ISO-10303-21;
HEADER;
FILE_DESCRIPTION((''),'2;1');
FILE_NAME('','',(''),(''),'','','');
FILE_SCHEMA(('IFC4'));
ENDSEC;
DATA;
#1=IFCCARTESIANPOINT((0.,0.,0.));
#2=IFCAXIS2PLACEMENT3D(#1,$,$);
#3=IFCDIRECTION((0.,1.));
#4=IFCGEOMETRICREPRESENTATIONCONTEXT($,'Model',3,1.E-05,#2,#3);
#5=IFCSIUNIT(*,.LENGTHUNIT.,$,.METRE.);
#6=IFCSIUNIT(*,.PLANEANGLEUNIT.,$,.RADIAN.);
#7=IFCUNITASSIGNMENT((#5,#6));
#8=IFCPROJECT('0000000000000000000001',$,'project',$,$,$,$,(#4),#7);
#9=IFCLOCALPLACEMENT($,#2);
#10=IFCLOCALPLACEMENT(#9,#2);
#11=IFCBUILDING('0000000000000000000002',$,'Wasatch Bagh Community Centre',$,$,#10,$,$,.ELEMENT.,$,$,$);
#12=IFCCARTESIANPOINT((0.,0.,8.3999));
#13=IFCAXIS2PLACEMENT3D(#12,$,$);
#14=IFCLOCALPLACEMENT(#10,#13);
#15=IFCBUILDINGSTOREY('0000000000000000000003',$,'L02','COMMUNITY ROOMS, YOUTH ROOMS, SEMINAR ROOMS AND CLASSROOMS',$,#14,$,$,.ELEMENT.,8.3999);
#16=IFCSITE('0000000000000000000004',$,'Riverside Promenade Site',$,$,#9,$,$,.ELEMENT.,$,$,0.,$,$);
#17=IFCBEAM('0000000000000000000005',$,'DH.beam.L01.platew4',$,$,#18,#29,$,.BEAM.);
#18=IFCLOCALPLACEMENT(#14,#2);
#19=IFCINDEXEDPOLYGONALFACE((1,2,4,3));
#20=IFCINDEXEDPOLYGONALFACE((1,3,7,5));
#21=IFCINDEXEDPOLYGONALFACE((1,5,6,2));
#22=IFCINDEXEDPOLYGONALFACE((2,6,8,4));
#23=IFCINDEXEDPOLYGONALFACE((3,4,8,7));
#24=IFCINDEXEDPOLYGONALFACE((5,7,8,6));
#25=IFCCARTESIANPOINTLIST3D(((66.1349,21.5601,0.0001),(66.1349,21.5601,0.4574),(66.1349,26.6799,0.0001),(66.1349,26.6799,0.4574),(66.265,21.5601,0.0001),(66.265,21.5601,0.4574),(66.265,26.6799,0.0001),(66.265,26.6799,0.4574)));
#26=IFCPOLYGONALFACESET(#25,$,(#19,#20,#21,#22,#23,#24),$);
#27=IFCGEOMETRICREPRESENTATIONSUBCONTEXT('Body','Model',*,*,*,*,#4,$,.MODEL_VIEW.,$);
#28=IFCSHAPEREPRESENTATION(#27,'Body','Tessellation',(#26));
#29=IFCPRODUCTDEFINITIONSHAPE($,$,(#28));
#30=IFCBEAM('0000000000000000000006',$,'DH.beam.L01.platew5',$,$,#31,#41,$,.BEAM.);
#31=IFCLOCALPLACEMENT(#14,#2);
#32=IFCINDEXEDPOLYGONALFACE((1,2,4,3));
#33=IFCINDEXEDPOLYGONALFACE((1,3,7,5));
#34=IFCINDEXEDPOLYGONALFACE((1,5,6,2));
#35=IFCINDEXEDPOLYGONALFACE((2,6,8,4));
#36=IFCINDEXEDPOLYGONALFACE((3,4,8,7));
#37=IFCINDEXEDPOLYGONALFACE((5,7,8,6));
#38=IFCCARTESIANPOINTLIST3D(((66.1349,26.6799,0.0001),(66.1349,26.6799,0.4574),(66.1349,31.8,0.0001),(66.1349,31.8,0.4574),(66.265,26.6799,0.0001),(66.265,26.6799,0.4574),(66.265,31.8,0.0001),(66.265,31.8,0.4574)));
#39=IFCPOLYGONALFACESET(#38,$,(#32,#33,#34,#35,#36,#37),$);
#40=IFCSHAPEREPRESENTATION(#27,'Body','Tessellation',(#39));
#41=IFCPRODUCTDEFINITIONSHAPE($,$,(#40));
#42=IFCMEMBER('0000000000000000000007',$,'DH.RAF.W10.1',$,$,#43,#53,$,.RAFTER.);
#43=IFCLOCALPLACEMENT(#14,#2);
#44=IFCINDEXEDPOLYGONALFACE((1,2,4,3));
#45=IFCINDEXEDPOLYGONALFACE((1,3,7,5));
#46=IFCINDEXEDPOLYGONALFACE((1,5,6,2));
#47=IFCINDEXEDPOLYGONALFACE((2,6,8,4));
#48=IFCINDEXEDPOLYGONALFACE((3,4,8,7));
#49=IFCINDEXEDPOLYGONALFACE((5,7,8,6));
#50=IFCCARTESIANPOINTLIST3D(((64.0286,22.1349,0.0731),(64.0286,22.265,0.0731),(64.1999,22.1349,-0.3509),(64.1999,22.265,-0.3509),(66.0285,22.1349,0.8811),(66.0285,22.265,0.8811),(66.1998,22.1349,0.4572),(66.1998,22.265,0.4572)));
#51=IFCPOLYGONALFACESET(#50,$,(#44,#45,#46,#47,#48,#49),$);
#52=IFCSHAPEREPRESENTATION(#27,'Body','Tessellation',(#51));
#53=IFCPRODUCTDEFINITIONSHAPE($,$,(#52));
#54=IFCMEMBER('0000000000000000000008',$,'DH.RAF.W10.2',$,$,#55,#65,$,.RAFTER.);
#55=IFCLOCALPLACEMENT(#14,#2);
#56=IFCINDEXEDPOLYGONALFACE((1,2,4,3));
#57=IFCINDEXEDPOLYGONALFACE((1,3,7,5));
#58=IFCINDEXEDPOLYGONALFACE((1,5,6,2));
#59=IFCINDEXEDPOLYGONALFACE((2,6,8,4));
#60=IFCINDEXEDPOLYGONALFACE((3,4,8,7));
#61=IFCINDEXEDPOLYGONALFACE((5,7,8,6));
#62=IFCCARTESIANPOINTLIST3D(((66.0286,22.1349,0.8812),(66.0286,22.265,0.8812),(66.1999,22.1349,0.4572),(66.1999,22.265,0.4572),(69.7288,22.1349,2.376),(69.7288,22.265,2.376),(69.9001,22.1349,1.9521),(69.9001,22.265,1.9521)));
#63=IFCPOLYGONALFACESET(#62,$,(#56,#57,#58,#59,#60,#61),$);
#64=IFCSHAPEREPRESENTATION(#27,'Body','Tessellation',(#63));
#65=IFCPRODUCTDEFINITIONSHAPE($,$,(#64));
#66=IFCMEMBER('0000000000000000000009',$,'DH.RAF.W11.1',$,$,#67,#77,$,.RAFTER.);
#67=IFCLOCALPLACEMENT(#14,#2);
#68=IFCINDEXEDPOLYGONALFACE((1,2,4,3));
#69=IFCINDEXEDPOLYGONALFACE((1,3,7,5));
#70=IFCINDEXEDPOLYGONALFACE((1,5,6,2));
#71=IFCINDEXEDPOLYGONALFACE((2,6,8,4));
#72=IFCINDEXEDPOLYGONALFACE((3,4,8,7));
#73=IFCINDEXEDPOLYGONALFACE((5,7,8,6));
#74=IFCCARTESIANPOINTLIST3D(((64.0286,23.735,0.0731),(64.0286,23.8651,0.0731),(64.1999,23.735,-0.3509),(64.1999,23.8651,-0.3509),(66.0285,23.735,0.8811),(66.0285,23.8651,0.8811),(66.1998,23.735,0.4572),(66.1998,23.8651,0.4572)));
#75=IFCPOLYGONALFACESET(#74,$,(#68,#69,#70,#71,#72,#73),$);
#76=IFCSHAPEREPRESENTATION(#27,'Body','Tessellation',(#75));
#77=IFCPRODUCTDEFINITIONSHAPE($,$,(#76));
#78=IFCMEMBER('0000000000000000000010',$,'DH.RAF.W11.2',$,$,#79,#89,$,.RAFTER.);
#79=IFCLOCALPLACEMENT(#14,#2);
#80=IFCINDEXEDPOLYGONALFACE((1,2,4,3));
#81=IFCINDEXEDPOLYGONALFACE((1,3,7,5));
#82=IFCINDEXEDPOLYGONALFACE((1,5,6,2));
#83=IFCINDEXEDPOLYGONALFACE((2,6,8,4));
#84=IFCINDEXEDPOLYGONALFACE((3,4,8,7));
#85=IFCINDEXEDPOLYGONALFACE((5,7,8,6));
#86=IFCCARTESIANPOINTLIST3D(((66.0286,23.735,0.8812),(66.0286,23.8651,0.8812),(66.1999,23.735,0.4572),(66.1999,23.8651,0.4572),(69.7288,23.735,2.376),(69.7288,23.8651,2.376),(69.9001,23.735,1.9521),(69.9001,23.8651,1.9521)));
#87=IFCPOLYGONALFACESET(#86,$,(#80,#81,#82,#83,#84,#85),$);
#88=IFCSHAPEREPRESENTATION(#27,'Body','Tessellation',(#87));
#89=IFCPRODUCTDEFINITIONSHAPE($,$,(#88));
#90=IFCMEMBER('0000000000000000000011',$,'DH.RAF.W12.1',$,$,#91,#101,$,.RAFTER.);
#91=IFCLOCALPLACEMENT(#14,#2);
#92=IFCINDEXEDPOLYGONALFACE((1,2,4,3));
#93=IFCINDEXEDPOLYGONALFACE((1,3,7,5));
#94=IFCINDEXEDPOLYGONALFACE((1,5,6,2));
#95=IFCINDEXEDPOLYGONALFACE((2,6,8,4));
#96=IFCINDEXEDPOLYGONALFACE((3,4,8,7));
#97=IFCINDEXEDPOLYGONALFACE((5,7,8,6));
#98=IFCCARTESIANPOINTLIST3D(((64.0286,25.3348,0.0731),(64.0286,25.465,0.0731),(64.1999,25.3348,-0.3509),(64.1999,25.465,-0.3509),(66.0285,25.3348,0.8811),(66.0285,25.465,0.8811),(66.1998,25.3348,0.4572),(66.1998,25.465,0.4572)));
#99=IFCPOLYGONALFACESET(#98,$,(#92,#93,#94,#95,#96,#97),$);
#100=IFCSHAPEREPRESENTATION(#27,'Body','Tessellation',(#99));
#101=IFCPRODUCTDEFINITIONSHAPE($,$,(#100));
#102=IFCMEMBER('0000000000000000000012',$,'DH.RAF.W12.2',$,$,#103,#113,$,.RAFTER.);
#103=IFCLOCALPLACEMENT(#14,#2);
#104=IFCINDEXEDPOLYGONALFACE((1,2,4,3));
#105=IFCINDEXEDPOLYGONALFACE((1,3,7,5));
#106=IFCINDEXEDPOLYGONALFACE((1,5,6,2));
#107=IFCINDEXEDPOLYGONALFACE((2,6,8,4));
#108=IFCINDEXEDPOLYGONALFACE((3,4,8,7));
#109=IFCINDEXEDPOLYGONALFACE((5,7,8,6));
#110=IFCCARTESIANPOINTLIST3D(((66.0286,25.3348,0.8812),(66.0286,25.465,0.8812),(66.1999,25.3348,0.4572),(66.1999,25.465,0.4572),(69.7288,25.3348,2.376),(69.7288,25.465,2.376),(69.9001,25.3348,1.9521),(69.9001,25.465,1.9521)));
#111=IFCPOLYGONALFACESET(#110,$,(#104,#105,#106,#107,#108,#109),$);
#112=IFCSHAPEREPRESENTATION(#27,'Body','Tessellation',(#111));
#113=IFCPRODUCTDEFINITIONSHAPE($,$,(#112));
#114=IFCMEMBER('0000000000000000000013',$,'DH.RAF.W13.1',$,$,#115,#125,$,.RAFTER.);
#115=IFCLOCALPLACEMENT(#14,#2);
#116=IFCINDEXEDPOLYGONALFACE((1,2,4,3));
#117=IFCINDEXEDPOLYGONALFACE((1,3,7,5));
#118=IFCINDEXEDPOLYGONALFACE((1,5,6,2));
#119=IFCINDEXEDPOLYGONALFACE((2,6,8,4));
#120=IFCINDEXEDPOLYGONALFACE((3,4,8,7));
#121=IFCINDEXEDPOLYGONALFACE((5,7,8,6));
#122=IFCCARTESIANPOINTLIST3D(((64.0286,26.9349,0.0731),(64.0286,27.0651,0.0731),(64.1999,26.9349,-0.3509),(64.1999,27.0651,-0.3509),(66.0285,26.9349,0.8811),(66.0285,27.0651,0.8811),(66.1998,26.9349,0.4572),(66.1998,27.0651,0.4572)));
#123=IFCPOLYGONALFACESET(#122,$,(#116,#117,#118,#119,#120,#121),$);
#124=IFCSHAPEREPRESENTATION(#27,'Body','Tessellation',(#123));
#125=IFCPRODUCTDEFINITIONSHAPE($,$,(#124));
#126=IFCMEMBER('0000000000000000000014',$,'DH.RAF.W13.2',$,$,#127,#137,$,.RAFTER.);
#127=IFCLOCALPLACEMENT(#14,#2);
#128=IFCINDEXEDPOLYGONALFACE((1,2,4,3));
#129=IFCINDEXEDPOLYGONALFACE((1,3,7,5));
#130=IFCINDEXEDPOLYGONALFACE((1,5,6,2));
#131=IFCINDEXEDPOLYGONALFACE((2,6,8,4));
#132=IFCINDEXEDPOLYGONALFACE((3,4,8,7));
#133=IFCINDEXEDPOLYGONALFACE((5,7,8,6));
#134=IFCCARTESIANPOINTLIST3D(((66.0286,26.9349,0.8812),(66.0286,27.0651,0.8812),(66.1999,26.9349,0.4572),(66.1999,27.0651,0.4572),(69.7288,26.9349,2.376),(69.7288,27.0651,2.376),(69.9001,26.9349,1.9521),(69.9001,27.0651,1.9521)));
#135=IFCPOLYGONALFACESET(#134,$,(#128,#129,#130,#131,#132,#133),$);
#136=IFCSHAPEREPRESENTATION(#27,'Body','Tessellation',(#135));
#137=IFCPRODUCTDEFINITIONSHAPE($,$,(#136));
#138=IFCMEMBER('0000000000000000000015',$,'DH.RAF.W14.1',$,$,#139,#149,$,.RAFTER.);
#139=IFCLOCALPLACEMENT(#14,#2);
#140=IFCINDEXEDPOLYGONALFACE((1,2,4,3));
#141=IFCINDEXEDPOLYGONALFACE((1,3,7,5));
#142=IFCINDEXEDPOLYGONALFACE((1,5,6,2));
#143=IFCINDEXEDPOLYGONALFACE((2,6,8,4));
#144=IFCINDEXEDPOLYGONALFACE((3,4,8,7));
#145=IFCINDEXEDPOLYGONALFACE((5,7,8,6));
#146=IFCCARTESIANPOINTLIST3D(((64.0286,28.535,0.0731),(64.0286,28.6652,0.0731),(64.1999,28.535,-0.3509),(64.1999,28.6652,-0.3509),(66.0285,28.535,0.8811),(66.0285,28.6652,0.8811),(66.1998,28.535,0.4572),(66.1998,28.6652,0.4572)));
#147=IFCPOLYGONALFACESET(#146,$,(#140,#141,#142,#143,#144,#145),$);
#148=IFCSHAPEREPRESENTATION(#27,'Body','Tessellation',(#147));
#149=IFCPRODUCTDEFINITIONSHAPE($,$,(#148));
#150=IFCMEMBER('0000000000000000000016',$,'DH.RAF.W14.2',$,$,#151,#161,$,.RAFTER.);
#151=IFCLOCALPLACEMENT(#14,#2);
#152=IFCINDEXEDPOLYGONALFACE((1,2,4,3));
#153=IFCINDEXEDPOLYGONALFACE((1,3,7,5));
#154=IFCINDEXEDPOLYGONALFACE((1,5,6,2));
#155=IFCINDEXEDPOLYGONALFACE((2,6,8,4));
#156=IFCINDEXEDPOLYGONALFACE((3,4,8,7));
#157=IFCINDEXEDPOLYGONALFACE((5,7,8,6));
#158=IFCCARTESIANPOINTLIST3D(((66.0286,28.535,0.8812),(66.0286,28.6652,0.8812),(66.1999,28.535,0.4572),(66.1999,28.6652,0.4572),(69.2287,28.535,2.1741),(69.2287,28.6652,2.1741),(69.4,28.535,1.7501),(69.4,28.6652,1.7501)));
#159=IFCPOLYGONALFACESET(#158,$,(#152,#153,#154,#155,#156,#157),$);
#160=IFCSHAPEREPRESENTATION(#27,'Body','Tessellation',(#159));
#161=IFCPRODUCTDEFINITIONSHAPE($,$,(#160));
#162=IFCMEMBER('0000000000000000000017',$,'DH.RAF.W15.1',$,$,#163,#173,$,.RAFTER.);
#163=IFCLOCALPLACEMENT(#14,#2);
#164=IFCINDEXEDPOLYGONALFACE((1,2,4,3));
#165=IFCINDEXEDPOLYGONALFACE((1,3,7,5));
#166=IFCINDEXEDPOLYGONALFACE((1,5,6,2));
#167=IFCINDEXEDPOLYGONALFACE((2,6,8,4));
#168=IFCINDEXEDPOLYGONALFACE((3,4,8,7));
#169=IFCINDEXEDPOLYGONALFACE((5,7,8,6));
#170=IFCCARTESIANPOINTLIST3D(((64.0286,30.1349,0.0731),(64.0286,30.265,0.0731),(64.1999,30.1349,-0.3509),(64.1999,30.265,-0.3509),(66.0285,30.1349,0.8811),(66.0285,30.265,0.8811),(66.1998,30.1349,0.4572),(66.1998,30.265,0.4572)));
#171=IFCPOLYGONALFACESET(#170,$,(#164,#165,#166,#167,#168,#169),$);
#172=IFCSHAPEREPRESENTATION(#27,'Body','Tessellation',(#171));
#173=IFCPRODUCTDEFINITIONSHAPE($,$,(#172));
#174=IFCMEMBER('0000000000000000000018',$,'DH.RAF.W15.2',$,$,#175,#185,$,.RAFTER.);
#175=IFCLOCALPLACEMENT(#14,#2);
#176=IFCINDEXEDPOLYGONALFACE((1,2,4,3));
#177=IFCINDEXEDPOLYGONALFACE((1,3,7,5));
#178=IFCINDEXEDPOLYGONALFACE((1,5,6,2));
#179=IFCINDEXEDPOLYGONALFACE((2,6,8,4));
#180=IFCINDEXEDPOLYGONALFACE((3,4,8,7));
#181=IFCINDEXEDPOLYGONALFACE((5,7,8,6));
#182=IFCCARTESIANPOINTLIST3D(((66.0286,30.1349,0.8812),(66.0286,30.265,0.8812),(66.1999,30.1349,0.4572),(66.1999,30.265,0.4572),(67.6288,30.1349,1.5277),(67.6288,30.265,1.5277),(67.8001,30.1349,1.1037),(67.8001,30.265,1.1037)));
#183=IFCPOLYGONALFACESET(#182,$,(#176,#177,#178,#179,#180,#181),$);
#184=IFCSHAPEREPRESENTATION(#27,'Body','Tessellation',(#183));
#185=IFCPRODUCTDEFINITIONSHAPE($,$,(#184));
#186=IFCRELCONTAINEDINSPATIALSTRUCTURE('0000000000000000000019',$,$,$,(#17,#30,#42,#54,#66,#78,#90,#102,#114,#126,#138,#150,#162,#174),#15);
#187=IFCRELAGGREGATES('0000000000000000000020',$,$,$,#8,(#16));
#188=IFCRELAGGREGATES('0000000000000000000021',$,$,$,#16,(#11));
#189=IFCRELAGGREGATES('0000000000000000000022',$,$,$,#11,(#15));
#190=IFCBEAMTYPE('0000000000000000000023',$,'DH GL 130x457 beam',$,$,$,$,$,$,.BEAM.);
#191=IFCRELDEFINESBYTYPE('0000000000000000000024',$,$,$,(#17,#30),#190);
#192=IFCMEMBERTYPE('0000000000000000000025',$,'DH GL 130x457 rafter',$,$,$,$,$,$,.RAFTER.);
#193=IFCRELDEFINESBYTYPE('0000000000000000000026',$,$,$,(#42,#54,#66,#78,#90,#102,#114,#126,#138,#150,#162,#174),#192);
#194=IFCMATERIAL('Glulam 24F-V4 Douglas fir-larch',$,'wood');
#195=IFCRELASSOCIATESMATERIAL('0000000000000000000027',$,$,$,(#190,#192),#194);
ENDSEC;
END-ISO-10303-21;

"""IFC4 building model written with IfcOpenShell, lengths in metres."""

from ifc_helpers import new_model, si_unit, direction, frame, origin, origin_2d, place, context, subcontext, project, spatial, rectangle, extrude, material, material_profile, profile_set, type_object, element, save


model = new_model("IFC4")

# Units and contexts
model_context = context("Model", 3, precision=1e-05, world=origin(), true_north=direction((0.0, 1.0)))
body_context = subcontext(model_context, "Body", "Model", "MODEL_VIEW")
ifc_project = project(units=[si_unit("LENGTHUNIT", "METRE"), si_unit("PLANEANGLEUNIT", "RADIAN")], contexts=[model_context])

# Site, building, storey
site_placement = place(None, origin())
site = spatial("IfcSite", under=ifc_project, at=site_placement, Name="Riverside Promenade Site", CompositionType="ELEMENT", RefElevation=0.0)
building_placement = place(site_placement, origin())
building = spatial("IfcBuilding", under=site, at=building_placement, Name="Wasatch Bagh Community Centre", CompositionType="ELEMENT")
storey_placement = place(building_placement, frame((0.0, 0.0, 8.3999)))
storey = spatial("IfcBuildingStorey", under=building, at=storey_placement, Name="L02", Description="COMMUNITY ROOMS, YOUTH ROOMS, SEMINAR ROOMS AND CLASSROOMS", CompositionType="ELEMENT", Elevation=8.3999)

# Beams
ifc_material_1 = material(Name="Glulam 24F-V4 Douglas fir-larch", Category="wood")
ifc_material_profile_1 = material_profile(ifc_material_1, rectangle(XDim=0.1301, YDim=0.4573, at=origin_2d()), Name="GL 130x457")
ifc_profile_set_1 = profile_set([ifc_material_profile_1], Name="Glulam 24F-V4 Douglas fir-larch")
beam_type_1 = type_object("IfcBeamType", Name="DH GL 130x457 beam", PredefinedType="BEAM", material=ifc_profile_set_1)
beam_1_placement = place(storey_placement, frame((66.2, 21.5601, 0.2288), z_axis=(0.0, 1.0, 0.0), x_axis=(-1.0, 0.0, 0.0)))
element("IfcBeam", 1, at=beam_1_placement, inside=storey, type_object=beam_type_1, Name="DH.beam.L01.platew4", PredefinedType="BEAM", context=body_context, shape_type="SweptSolid", body=[
    extrude(rectangle(XDim=0.1301, YDim=0.4573, at=origin_2d()), origin(), (0.0, 0.0, 1.0), 5.1199),
])
beam_2_placement = place(storey_placement, frame((66.2, 26.6799, 0.2288), z_axis=(0.0, 1.0, 0.0), x_axis=(-1.0, 0.0, 0.0)))
element("IfcBeam", 2, at=beam_2_placement, inside=storey, type_object=beam_type_1, Name="DH.beam.L01.platew5", PredefinedType="BEAM", context=body_context, shape_type="SweptSolid", body=[
    extrude(rectangle(XDim=0.1301, YDim=0.4573, at=origin_2d()), origin(), (0.0, 0.0, 1.0), 5.1201),
])

# Members
ifc_material_profile_2 = material_profile(ifc_material_1, rectangle(XDim=0.1301, YDim=0.4573, at=origin_2d()), Name="GL 130x457")
ifc_profile_set_2 = profile_set([ifc_material_profile_2], Name="Glulam 24F-V4 Douglas fir-larch")
member_type = type_object("IfcMemberType", Name="DH GL 130x457 rafter", PredefinedType="RAFTER", material=ifc_profile_set_2)
member_1_placement = place(storey_placement, frame((64.1143, 22.2, -0.1389), z_axis=(0.927175, 0.0, 0.374628), x_axis=(0.0, 1.0, 0.0)))
element("IfcMember", 3, at=member_1_placement, inside=storey, type_object=member_type, Name="DH.RAF.W10.1", PredefinedType="RAFTER", context=body_context, shape_type="SweptSolid", body=[
    extrude(rectangle(XDim=0.1301, YDim=0.4573, at=origin_2d()), origin(), (0.0, 0.0, 1.0), 2.157),
])
member_2_placement = place(storey_placement, frame((66.1143, 22.2, 0.6692), z_axis=(0.927193, 0.0, 0.374584), x_axis=(0.0, 1.0, 0.0)))
element("IfcMember", 4, at=member_2_placement, inside=storey, type_object=member_type, Name="DH.RAF.W10.2", PredefinedType="RAFTER", context=body_context, shape_type="SweptSolid", body=[
    extrude(rectangle(XDim=0.1301, YDim=0.4573, at=origin_2d()), origin(), (0.0, 0.0, 1.0), 3.9907),
])
member_3_placement = place(storey_placement, frame((64.1143, 23.8, -0.1389), z_axis=(0.927175, 0.0, 0.374628), x_axis=(0.0, 1.0, 0.0)))
element("IfcMember", 5, at=member_3_placement, inside=storey, type_object=member_type, Name="DH.RAF.W11.1", PredefinedType="RAFTER", context=body_context, shape_type="SweptSolid", body=[
    extrude(rectangle(XDim=0.1301, YDim=0.4573, at=origin_2d()), origin(), (0.0, 0.0, 1.0), 2.157),
])
member_4_placement = place(storey_placement, frame((66.1143, 23.8, 0.6692), z_axis=(0.927193, 0.0, 0.374584), x_axis=(0.0, 1.0, 0.0)))
element("IfcMember", 6, at=member_4_placement, inside=storey, type_object=member_type, Name="DH.RAF.W11.2", PredefinedType="RAFTER", context=body_context, shape_type="SweptSolid", body=[
    extrude(rectangle(XDim=0.1301, YDim=0.4573, at=origin_2d()), origin(), (0.0, 0.0, 1.0), 3.9907),
])
member_5_placement = place(storey_placement, frame((64.1143, 25.3999, -0.1389), z_axis=(0.927175, 0.0, 0.374628), x_axis=(0.0, 1.0, 0.0)))
element("IfcMember", 7, at=member_5_placement, inside=storey, type_object=member_type, Name="DH.RAF.W12.1", PredefinedType="RAFTER", context=body_context, shape_type="SweptSolid", body=[
    extrude(rectangle(XDim=0.1301, YDim=0.4573, at=origin_2d()), origin(), (0.0, 0.0, 1.0), 2.157),
])
member_6_placement = place(storey_placement, frame((66.1143, 25.3999, 0.6692), z_axis=(0.927193, 0.0, 0.374584), x_axis=(0.0, 1.0, 0.0)))
element("IfcMember", 8, at=member_6_placement, inside=storey, type_object=member_type, Name="DH.RAF.W12.2", PredefinedType="RAFTER", context=body_context, shape_type="SweptSolid", body=[
    extrude(rectangle(XDim=0.1301, YDim=0.4573, at=origin_2d()), origin(), (0.0, 0.0, 1.0), 3.9907),
])
member_7_placement = place(storey_placement, frame((64.1143, 27.0, -0.1389), z_axis=(0.927175, 0.0, 0.374628), x_axis=(0.0, 1.0, 0.0)))
element("IfcMember", 9, at=member_7_placement, inside=storey, type_object=member_type, Name="DH.RAF.W13.1", PredefinedType="RAFTER", context=body_context, shape_type="SweptSolid", body=[
    extrude(rectangle(XDim=0.1301, YDim=0.4573, at=origin_2d()), origin(), (0.0, 0.0, 1.0), 2.157),
])
member_8_placement = place(storey_placement, frame((66.1143, 27.0, 0.6692), z_axis=(0.927193, 0.0, 0.374584), x_axis=(0.0, 1.0, 0.0)))
element("IfcMember", 10, at=member_8_placement, inside=storey, type_object=member_type, Name="DH.RAF.W13.2", PredefinedType="RAFTER", context=body_context, shape_type="SweptSolid", body=[
    extrude(rectangle(XDim=0.1301, YDim=0.4573, at=origin_2d()), origin(), (0.0, 0.0, 1.0), 3.9907),
])
member_9_placement = place(storey_placement, frame((64.1143, 28.6001, -0.1389), z_axis=(0.927175, 0.0, 0.374628), x_axis=(0.0, 1.0, 0.0)))
element("IfcMember", 11, at=member_9_placement, inside=storey, type_object=member_type, Name="DH.RAF.W14.1", PredefinedType="RAFTER", context=body_context, shape_type="SweptSolid", body=[
    extrude(rectangle(XDim=0.1301, YDim=0.4573, at=origin_2d()), origin(), (0.0, 0.0, 1.0), 2.157),
])
member_10_placement = place(storey_placement, frame((66.1143, 28.6001, 0.6692), z_axis=(0.927183, 0.0, 0.374608), x_axis=(0.0, 1.0, 0.0)))
element("IfcMember", 12, at=member_10_placement, inside=storey, type_object=member_type, Name="DH.RAF.W14.2", PredefinedType="RAFTER", context=body_context, shape_type="SweptSolid", body=[
    extrude(rectangle(XDim=0.1301, YDim=0.4573, at=origin_2d()), origin(), (0.0, 0.0, 1.0), 3.4514),
])
member_11_placement = place(storey_placement, frame((64.1143, 30.2, -0.1389), z_axis=(0.927175, 0.0, 0.374628), x_axis=(0.0, 1.0, 0.0)))
element("IfcMember", 13, at=member_11_placement, inside=storey, type_object=member_type, Name="DH.RAF.W15.1", PredefinedType="RAFTER", context=body_context, shape_type="SweptSolid", body=[
    extrude(rectangle(XDim=0.1301, YDim=0.4573, at=origin_2d()), origin(), (0.0, 0.0, 1.0), 2.157),
])
member_12_placement = place(storey_placement, frame((66.1143, 30.2, 0.6692), z_axis=(0.927183, 0.0, 0.374608), x_axis=(0.0, 1.0, 0.0)))
element("IfcMember", 14, at=member_12_placement, inside=storey, type_object=member_type, Name="DH.RAF.W15.2", PredefinedType="RAFTER", context=body_context, shape_type="SweptSolid", body=[
    extrude(rectangle(XDim=0.1301, YDim=0.4573, at=origin_2d()), origin(), (0.0, 0.0, 1.0), 1.7258),
])

save(model, "model.ifc")
